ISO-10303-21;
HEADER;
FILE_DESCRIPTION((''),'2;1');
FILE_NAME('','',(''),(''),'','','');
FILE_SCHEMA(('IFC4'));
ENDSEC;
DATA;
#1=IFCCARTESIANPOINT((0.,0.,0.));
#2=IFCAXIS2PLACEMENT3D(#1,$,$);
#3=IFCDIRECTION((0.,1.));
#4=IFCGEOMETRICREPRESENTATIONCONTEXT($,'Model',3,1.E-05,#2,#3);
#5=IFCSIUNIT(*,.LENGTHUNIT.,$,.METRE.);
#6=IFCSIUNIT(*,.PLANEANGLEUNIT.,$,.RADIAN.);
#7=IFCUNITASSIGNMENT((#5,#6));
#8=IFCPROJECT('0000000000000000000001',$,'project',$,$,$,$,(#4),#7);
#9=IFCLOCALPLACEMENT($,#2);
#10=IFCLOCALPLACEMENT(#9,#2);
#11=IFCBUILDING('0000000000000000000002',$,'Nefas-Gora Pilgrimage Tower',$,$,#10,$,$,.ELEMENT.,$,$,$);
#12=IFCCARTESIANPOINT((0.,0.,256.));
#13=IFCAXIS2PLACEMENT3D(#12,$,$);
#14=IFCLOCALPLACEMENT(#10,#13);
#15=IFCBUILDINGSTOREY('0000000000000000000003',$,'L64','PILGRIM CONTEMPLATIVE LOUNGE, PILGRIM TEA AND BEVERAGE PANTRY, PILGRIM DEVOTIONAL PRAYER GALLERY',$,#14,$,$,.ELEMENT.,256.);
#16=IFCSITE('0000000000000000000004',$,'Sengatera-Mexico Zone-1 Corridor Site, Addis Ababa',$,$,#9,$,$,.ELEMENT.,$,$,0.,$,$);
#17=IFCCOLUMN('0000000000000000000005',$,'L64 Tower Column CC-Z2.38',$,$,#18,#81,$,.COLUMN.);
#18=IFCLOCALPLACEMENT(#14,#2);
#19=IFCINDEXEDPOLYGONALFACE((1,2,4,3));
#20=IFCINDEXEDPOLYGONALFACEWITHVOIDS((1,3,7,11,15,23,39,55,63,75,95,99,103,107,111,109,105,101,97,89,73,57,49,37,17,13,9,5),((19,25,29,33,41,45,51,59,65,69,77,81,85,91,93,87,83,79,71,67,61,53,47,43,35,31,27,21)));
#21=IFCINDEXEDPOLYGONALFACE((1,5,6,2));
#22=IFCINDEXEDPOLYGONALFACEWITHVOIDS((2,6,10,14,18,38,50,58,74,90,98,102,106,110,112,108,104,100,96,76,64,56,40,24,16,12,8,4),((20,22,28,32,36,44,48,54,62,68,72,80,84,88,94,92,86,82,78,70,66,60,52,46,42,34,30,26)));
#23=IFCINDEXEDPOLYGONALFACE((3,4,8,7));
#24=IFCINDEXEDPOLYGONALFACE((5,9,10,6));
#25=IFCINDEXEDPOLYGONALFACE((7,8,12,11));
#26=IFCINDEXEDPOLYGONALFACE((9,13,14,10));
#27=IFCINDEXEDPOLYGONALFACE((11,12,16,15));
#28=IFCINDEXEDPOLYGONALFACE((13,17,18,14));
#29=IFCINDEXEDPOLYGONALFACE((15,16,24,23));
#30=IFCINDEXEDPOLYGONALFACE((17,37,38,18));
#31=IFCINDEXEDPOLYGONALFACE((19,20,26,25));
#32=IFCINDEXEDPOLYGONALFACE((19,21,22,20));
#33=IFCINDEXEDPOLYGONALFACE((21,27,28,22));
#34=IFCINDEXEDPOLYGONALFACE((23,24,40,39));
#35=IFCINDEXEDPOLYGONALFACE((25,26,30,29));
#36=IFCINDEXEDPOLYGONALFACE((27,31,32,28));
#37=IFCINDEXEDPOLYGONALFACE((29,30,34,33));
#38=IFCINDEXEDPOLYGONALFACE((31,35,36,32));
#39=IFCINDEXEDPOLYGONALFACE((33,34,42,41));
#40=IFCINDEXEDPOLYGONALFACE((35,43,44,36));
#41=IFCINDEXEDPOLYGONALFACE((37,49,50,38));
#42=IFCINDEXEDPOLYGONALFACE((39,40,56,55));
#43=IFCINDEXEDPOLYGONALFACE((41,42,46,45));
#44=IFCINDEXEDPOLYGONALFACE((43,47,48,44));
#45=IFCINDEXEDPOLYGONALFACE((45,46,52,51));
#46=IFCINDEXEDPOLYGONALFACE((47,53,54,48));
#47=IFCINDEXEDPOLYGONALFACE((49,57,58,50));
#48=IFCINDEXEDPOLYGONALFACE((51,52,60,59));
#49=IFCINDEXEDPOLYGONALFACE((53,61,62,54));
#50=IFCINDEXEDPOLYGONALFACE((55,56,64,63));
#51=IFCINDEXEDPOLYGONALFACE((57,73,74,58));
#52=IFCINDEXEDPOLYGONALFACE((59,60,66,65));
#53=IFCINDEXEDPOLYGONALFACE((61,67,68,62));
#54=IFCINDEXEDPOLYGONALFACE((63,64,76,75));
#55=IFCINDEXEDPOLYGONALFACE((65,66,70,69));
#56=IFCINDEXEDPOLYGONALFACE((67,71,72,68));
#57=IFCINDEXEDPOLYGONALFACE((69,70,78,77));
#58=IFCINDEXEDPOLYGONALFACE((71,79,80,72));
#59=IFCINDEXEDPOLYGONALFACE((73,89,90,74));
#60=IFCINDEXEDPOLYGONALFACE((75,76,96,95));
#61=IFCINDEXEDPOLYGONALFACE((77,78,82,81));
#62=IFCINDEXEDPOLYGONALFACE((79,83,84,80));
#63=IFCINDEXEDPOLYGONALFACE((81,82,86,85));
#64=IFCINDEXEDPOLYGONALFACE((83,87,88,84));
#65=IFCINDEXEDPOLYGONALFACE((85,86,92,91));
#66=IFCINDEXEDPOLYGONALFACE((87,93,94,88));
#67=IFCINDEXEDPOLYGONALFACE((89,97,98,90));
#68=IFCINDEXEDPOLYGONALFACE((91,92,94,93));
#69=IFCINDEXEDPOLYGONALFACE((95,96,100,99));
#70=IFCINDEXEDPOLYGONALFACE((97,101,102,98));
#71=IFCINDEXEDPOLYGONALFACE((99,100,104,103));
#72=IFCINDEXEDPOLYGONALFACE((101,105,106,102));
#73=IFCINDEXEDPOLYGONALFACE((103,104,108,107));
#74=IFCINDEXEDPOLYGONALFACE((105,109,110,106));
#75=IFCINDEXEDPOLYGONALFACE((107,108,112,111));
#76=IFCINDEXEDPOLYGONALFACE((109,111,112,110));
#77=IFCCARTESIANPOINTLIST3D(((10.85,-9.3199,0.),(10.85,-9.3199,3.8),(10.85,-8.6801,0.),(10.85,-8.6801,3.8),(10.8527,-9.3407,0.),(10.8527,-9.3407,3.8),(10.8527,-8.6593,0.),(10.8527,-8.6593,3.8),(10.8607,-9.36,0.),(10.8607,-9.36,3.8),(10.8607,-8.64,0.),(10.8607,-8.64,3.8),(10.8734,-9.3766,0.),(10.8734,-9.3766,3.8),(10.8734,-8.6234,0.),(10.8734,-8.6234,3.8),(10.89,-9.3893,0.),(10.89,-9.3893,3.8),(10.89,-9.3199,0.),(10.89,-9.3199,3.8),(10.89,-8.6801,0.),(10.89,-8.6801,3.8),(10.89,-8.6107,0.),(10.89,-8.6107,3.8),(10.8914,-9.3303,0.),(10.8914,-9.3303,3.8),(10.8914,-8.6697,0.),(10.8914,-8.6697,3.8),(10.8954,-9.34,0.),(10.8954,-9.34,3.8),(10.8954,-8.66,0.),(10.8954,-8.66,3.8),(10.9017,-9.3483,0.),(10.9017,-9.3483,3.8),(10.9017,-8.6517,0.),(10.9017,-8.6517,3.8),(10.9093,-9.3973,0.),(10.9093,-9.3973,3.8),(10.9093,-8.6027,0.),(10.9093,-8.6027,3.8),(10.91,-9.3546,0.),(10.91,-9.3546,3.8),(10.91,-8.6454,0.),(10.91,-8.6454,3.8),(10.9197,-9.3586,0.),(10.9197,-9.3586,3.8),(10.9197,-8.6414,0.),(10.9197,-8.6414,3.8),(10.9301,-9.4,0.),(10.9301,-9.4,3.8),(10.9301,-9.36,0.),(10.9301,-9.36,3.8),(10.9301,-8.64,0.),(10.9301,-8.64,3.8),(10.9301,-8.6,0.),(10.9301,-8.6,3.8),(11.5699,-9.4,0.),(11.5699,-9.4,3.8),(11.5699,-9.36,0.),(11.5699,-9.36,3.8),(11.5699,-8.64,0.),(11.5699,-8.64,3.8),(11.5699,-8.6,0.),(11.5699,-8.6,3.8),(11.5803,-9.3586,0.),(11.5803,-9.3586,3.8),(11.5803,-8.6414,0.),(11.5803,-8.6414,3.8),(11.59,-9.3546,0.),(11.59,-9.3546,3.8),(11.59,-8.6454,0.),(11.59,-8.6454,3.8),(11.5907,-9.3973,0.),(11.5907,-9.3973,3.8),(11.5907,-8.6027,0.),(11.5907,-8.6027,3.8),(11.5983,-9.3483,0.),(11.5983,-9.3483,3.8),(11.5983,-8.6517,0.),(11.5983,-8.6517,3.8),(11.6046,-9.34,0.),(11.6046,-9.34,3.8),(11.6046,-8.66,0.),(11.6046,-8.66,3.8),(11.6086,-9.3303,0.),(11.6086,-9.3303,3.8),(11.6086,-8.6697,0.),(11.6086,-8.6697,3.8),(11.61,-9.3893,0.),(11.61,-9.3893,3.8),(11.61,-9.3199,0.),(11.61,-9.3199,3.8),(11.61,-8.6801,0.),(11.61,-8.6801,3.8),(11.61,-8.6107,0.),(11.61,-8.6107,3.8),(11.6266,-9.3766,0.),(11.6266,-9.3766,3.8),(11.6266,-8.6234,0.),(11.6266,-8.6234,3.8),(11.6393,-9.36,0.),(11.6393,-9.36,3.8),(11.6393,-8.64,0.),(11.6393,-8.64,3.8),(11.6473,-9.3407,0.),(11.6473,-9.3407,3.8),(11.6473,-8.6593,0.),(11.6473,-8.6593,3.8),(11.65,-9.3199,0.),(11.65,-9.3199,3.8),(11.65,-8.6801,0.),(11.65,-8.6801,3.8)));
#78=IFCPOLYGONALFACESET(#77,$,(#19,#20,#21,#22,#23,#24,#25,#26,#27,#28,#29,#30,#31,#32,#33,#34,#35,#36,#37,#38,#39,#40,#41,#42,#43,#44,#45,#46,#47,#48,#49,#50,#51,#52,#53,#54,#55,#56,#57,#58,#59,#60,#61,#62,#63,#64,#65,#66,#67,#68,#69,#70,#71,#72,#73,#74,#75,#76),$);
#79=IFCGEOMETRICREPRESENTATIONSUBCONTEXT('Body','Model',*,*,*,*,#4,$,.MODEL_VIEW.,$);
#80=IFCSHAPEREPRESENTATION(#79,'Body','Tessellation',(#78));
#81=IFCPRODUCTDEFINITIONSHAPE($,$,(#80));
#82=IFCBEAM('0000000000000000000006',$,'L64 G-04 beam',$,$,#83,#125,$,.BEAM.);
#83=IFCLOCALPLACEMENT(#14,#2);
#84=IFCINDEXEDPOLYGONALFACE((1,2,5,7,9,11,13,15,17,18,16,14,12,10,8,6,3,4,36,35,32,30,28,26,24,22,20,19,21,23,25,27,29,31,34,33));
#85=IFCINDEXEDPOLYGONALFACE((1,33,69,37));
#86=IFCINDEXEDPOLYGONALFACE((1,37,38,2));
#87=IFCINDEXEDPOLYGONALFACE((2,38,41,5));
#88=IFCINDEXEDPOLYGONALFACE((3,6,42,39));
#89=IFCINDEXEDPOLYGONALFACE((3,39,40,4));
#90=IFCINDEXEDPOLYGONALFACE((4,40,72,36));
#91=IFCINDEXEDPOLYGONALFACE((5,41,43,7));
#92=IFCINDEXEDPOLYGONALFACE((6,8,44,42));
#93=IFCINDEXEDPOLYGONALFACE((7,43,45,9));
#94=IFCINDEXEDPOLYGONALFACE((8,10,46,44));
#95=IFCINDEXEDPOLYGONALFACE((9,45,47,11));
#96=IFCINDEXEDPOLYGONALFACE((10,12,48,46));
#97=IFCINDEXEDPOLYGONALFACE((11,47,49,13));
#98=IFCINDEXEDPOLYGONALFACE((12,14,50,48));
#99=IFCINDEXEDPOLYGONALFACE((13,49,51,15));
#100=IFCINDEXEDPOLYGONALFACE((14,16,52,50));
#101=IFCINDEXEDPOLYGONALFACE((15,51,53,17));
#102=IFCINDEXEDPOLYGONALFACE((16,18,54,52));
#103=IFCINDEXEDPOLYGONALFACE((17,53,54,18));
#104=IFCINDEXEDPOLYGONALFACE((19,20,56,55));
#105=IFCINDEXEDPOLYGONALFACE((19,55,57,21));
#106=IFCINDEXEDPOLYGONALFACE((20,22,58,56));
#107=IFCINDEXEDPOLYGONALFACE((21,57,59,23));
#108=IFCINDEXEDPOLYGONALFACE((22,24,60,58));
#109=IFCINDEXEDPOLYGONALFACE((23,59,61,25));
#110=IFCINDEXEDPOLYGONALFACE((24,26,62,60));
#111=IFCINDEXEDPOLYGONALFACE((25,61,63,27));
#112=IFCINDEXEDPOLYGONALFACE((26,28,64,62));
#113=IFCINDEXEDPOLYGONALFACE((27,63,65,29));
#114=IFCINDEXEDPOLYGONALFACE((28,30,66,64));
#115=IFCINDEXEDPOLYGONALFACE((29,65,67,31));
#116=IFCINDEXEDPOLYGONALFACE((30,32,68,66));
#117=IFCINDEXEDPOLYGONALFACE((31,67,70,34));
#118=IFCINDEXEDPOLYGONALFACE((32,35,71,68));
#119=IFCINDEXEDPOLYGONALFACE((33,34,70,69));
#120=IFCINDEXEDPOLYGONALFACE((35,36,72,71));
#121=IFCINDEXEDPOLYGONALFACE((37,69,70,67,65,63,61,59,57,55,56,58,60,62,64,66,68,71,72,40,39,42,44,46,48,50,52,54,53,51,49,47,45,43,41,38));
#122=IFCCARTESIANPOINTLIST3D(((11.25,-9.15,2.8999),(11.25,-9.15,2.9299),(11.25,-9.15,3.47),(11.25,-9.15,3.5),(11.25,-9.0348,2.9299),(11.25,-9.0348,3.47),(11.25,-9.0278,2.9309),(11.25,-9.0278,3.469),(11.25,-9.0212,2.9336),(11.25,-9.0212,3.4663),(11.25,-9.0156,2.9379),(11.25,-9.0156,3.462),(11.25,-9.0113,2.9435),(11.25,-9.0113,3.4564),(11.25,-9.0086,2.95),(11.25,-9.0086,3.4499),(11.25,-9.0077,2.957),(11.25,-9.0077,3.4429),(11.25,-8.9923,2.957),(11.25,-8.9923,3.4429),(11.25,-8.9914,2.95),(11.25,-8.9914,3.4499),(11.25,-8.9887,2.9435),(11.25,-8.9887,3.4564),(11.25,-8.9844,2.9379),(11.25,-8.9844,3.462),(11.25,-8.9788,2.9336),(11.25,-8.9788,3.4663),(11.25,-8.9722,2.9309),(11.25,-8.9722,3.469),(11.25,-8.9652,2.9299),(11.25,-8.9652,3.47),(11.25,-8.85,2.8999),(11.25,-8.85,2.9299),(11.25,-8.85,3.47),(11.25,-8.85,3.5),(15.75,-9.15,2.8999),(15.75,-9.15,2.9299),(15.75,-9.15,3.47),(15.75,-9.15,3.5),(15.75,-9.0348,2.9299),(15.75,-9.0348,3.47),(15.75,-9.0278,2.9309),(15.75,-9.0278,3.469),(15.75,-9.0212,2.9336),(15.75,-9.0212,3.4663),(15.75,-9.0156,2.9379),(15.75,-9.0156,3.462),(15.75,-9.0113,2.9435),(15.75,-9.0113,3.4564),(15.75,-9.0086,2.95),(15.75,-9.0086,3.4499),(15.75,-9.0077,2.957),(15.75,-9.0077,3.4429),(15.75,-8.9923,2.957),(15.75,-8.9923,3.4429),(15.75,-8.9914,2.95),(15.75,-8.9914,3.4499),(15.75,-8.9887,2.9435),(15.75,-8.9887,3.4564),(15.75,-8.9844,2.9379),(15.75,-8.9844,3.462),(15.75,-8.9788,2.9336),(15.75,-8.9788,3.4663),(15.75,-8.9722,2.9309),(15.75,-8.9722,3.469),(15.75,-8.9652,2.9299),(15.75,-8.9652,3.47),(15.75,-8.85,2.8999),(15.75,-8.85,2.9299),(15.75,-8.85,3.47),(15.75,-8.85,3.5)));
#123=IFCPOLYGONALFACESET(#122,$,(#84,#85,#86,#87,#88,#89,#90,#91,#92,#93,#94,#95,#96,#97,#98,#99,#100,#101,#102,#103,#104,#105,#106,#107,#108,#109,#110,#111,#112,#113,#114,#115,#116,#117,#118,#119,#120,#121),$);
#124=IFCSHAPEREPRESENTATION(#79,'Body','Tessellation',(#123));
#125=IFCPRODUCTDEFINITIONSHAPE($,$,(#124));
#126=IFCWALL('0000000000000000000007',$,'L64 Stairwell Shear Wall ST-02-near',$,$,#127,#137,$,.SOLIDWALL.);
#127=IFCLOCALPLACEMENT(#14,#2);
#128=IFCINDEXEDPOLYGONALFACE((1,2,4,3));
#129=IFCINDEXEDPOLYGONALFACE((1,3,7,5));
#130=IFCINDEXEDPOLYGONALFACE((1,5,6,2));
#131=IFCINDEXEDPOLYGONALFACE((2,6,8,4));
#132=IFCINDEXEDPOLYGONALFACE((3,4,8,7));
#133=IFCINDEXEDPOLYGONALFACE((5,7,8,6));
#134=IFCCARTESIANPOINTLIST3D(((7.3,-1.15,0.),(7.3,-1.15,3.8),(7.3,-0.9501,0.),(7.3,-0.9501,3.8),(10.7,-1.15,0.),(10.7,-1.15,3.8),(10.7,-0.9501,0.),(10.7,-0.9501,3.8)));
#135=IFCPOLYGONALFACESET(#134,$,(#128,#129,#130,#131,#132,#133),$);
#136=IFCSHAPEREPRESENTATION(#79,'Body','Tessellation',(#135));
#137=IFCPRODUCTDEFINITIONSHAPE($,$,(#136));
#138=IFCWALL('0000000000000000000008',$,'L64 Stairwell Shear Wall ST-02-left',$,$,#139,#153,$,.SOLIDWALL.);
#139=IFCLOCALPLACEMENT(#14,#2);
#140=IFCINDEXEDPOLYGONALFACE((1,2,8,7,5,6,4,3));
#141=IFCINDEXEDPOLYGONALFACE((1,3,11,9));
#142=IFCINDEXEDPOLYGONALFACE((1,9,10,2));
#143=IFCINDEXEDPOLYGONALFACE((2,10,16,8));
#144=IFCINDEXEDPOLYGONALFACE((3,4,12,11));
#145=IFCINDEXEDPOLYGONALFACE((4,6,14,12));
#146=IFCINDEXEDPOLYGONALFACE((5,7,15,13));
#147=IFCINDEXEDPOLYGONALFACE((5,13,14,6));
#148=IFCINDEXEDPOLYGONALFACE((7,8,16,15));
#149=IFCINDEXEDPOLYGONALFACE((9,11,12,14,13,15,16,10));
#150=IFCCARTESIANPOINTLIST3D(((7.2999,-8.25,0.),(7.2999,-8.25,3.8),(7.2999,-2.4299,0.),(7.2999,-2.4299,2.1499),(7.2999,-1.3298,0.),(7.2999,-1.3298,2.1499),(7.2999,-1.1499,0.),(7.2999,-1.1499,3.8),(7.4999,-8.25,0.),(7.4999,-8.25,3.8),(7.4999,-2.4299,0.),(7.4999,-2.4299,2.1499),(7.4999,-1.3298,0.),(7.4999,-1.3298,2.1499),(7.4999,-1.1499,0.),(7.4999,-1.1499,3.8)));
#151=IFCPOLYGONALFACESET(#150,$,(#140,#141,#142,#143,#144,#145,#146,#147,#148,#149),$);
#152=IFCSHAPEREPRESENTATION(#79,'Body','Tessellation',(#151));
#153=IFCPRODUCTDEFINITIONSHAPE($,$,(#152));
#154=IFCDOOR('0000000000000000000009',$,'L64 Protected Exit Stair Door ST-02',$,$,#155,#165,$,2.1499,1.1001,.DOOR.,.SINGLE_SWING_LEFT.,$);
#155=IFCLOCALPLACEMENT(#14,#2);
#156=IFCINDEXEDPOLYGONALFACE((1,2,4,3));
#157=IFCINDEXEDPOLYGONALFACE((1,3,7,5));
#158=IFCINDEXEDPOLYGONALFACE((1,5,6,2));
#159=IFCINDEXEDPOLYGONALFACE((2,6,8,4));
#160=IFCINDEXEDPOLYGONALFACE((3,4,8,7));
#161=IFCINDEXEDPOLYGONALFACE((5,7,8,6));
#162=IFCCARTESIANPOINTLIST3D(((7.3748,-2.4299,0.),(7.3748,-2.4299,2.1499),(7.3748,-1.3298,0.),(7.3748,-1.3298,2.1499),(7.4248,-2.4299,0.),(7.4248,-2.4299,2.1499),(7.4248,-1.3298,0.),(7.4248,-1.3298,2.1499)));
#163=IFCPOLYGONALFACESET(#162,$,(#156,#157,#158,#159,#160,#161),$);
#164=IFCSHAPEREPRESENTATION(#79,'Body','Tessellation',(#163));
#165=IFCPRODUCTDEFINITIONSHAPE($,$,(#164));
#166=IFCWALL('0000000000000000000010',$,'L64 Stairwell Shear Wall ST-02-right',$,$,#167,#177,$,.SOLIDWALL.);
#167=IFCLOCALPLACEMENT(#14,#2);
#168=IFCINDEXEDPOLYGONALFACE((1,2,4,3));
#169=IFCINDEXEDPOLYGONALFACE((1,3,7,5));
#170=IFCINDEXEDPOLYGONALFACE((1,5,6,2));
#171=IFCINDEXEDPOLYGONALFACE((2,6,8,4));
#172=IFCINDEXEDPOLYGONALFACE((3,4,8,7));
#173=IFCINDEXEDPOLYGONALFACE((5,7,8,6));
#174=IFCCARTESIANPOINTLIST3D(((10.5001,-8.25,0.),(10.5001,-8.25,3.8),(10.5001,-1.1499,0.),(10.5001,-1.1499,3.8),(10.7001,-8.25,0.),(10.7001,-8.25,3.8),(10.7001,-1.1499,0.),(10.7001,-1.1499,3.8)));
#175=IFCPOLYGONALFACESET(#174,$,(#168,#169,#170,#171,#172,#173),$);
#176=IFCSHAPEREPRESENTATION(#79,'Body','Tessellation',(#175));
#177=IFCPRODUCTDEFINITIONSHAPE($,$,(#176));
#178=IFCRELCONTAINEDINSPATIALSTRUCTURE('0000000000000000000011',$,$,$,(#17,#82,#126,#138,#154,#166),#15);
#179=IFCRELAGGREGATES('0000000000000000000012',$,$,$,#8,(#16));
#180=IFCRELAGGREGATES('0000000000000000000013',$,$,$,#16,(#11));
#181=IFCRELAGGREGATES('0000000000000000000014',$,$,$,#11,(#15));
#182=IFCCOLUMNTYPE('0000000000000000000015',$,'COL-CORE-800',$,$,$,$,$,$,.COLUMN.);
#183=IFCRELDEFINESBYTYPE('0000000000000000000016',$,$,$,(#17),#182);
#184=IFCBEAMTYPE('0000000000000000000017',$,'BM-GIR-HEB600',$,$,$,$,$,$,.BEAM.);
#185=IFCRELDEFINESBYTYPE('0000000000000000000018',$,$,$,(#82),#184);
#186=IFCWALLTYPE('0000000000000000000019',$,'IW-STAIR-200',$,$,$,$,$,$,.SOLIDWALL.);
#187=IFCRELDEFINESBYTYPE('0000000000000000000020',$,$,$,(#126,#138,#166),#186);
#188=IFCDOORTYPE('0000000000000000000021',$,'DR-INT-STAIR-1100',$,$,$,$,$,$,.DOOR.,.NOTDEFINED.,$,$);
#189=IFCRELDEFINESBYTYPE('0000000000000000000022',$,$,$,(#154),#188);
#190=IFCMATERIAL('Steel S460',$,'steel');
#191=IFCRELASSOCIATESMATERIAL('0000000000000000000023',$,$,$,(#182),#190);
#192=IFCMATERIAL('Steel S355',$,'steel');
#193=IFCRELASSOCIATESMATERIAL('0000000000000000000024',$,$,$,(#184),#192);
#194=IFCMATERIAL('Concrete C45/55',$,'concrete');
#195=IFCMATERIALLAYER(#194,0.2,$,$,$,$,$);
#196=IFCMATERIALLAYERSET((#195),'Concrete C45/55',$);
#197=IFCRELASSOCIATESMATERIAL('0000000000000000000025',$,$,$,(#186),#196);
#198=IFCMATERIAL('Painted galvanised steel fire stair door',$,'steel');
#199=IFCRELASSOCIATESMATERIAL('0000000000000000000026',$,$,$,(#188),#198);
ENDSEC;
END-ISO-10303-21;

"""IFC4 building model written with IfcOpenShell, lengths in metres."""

from ifc_helpers import new_model, si_unit, direction, frame, frame_2d, origin, origin_2d, place, context, subcontext, project, spatial, rectangle, hollow_rectangle, i_section, extrude, source, transform, mapped, material, layer, layer_set, material_profile, profile_set, type_object, element, fill, save


model = new_model("IFC4")

# Units and contexts
model_context = context("Model", 3, precision=1e-05, world=origin(), true_north=direction((0.0, 1.0)))
body_context = subcontext(model_context, "Body", "Model", "MODEL_VIEW")
ifc_project = project(units=[si_unit("LENGTHUNIT", "METRE"), si_unit("PLANEANGLEUNIT", "RADIAN")], contexts=[model_context])

# Site, building, storey
site_placement = place(None, origin())
site = spatial("IfcSite", under=ifc_project, at=site_placement, Name="Sengatera-Mexico Zone-1 Corridor Site, Addis Ababa", CompositionType="ELEMENT", RefElevation=0.0)
building_placement = place(site_placement, origin())
building = spatial("IfcBuilding", under=site, at=building_placement, Name="Nefas-Gora Pilgrimage Tower", CompositionType="ELEMENT")
storey_placement = place(building_placement, frame((0.0, 0.0, 256.0)))
storey = spatial("IfcBuildingStorey", under=building, at=storey_placement, Name="L64", Description="PILGRIM CONTEMPLATIVE LOUNGE, PILGRIM TEA AND BEVERAGE PANTRY, PILGRIM DEVOTIONAL PRAYER GALLERY", CompositionType="ELEMENT", Elevation=256.0)

# Column
ifc_material_1 = material(Name="Steel S460", Category="steel")
ifc_material_profile_1 = material_profile(ifc_material_1, hollow_rectangle(XDim=0.8, YDim=0.8, WallThickness=0.04, InnerFilletRadius=0.04, OuterFilletRadius=0.0801, at=origin_2d()), Name="BOX 800x800x40")
ifc_profile_set_1 = profile_set([ifc_material_profile_1], Name="Steel S460")
column_type = type_object("IfcColumnType", Name="COL-CORE-800", PredefinedType="COLUMN", material=ifc_profile_set_1)
shared_shape_1 = source(origin(), body_context, "Body", "SweptSolid", [
    extrude(hollow_rectangle(XDim=0.8, YDim=0.8, WallThickness=0.04, InnerFilletRadius=0.04, OuterFilletRadius=0.0801, at=origin_2d()), origin(), (0.0, 0.0, 1.0), 3.8),
])
column_placement = place(storey_placement, frame((11.25, -9.0, 0.0), z_axis=(0.0, 0.0, 1.0), x_axis=(1.0, 0.0, 0.0)))
element("IfcColumn", 1, at=column_placement, inside=storey, type_object=column_type, Name="L64 Tower Column CC-Z2.38", PredefinedType="COLUMN", context=body_context, shape_type="MappedRepresentation", body=[
    mapped(shared_shape_1, transform((0.0, 0.0, 0.0), x_axis=(1.0, 0.0, 0.0), y_axis=(0.0, 1.0, 0.0), z_axis=(0.0, 0.0, 1.0), scale=1.0)),
])

# Beam
ifc_material_2 = material(Name="Steel S355", Category="steel")
ifc_material_profile_2 = material_profile(ifc_material_2, i_section(OverallWidth=0.3, OverallDepth=0.6001, WebThickness=0.0154, FlangeThickness=0.03, FilletRadius=0.0271, at=origin_2d()), Name="HEB 600")
ifc_profile_set_2 = profile_set([ifc_material_profile_2], Name="Steel S355")
beam_type = type_object("IfcBeamType", Name="BM-GIR-HEB600", PredefinedType="BEAM", material=ifc_profile_set_2)
shared_shape_2 = source(origin(), body_context, "Body", "SweptSolid", [
    extrude(i_section(OverallWidth=0.3, OverallDepth=0.6001, WebThickness=0.0154, FlangeThickness=0.03, FilletRadius=0.0271, at=origin_2d()), origin(), (0.0, 0.0, 1.0), 4.5),
])
beam_placement = place(storey_placement, frame((11.25, -9.0, 3.2), z_axis=(1.0, 0.0, 0.0), x_axis=(0.0, 1.0, 0.0)))
element("IfcBeam", 2, at=beam_placement, inside=storey, type_object=beam_type, Name="L64 G-04 beam", PredefinedType="BEAM", context=body_context, shape_type="MappedRepresentation", body=[
    mapped(shared_shape_2, transform((0.0, 0.0, 0.0), x_axis=(1.0, 0.0, 0.0), y_axis=(0.0, 1.0, 0.0), z_axis=(0.0, 0.0, 1.0), scale=1.0)),
])

# Wall
ifc_material_3 = material(Name="Concrete C45/55", Category="concrete")
ifc_layer_1 = layer(ifc_material_3, 0.2)
ifc_layer_set_1 = layer_set([ifc_layer_1], Name="Concrete C45/55")
wall_type_1 = type_object("IfcWallType", Name="IW-STAIR-200", PredefinedType="SOLIDWALL", material=ifc_layer_set_1)
shared_shape_3 = source(origin(), body_context, "Body", "SweptSolid", [
    extrude(rectangle(XDim=3.3999, YDim=0.2, at=frame_2d((1.7, 0.0))), origin(), (0.0, 0.0, 1.0), 3.8),
])
wall_1_placement = place(storey_placement, frame((7.3, -1.05, 0.0), z_axis=(0.0, 0.0, 1.0), x_axis=(1.0, 0.0, 0.0)))
element("IfcWall", 3, at=wall_1_placement, inside=storey, type_object=wall_type_1, Name="L64 Stairwell Shear Wall ST-02-near", PredefinedType="SOLIDWALL", context=body_context, shape_type="MappedRepresentation", body=[
    mapped(shared_shape_3, transform((0.0, 0.0, 0.0), x_axis=(1.0, 0.0, 0.0), y_axis=(0.0, 1.0, 0.0), z_axis=(0.0, 0.0, 1.0), scale=1.0)),
])

# Wall, opening, door
shared_shape_4 = source(origin(), body_context, "Body", "SweptSolid", [
    extrude(rectangle(XDim=7.1001, YDim=0.2, at=frame_2d((3.55, 0.0))), origin(), (0.0, 0.0, 1.0), 3.8),
])
wall_2_placement = place(storey_placement, frame((7.3999, -1.1499, 0.0), z_axis=(0.0, 0.0, 1.0), x_axis=(0.0, -1.0, 0.0)))
wall_2 = element("IfcWall", 4, at=wall_2_placement, inside=storey, type_object=wall_type_1, Name="L64 Stairwell Shear Wall ST-02-left", PredefinedType="SOLIDWALL", context=body_context, shape_type="MappedRepresentation", body=[
    mapped(shared_shape_4, transform((0.0, 0.0, 0.0), x_axis=(1.0, 0.0, 0.0), y_axis=(0.0, 1.0, 0.0), z_axis=(0.0, 0.0, 1.0), scale=1.0)),
])
opening_1_placement = place(wall_2_placement, frame((0.1799, 0.0, 0.0)))
opening_1 = element("IfcOpeningElement", 5, at=opening_1_placement, cuts=wall_2, PredefinedType="OPENING", context=body_context, shape_type="SweptSolid", body=[
    extrude(rectangle(XDim=1.1001, YDim=2.1499, at=frame_2d((0.55, 1.075))), frame((0.0, 0.1099, 0.0), z_axis=(0.0, -1.0, 0.0), x_axis=(1.0, 0.0, 0.0)), (0.0, 0.0, 1.0), 0.22),
])
ifc_material_4 = material(Name="Painted galvanised steel fire stair door", Category="steel")
door_type_1 = type_object("IfcDoorType", Name="DR-INT-STAIR-1100", OperationType="NOTDEFINED", PredefinedType="DOOR", material=ifc_material_4)
shared_shape_5 = source(origin(), body_context, "Body", "SweptSolid", [
    extrude(rectangle(XDim=1.1001, YDim=2.1499, at=frame_2d((0.55, 1.075))), frame((0.0, 0.0249, 0.0), z_axis=(0.0, -1.0, 0.0), x_axis=(1.0, 0.0, 0.0)), (0.0, 0.0, 1.0), 0.05),
])
door_1_placement = place(opening_1_placement, origin())
door_1 = element("IfcDoor", 6, at=door_1_placement, inside=storey, type_object=door_type_1, Name="L64 Protected Exit Stair Door ST-02", OperationType="SINGLE_SWING_LEFT", OverallHeight=2.1499, OverallWidth=1.1001, PredefinedType="DOOR", context=body_context, shape_type="MappedRepresentation", body=[
    mapped(shared_shape_5, transform((0.0, 0.0, 0.0), x_axis=(1.0, 0.0, 0.0), y_axis=(0.0, 1.0, 0.0), z_axis=(0.0, 0.0, 1.0), scale=1.0)),
])
fill(opening_1, door_1)

# Wall
wall_3_placement = place(storey_placement, frame((10.6001, -1.1499, 0.0), z_axis=(0.0, 0.0, 1.0), x_axis=(0.0, -1.0, 0.0)))
element("IfcWall", 7, at=wall_3_placement, inside=storey, type_object=wall_type_1, Name="L64 Stairwell Shear Wall ST-02-right", PredefinedType="SOLIDWALL", context=body_context, shape_type="MappedRepresentation", body=[
    mapped(shared_shape_4, transform((0.0, 0.0, 0.0), x_axis=(1.0, 0.0, 0.0), y_axis=(0.0, 1.0, 0.0), z_axis=(0.0, 0.0, 1.0), scale=1.0)),
])

save(model, "model.ifc")
